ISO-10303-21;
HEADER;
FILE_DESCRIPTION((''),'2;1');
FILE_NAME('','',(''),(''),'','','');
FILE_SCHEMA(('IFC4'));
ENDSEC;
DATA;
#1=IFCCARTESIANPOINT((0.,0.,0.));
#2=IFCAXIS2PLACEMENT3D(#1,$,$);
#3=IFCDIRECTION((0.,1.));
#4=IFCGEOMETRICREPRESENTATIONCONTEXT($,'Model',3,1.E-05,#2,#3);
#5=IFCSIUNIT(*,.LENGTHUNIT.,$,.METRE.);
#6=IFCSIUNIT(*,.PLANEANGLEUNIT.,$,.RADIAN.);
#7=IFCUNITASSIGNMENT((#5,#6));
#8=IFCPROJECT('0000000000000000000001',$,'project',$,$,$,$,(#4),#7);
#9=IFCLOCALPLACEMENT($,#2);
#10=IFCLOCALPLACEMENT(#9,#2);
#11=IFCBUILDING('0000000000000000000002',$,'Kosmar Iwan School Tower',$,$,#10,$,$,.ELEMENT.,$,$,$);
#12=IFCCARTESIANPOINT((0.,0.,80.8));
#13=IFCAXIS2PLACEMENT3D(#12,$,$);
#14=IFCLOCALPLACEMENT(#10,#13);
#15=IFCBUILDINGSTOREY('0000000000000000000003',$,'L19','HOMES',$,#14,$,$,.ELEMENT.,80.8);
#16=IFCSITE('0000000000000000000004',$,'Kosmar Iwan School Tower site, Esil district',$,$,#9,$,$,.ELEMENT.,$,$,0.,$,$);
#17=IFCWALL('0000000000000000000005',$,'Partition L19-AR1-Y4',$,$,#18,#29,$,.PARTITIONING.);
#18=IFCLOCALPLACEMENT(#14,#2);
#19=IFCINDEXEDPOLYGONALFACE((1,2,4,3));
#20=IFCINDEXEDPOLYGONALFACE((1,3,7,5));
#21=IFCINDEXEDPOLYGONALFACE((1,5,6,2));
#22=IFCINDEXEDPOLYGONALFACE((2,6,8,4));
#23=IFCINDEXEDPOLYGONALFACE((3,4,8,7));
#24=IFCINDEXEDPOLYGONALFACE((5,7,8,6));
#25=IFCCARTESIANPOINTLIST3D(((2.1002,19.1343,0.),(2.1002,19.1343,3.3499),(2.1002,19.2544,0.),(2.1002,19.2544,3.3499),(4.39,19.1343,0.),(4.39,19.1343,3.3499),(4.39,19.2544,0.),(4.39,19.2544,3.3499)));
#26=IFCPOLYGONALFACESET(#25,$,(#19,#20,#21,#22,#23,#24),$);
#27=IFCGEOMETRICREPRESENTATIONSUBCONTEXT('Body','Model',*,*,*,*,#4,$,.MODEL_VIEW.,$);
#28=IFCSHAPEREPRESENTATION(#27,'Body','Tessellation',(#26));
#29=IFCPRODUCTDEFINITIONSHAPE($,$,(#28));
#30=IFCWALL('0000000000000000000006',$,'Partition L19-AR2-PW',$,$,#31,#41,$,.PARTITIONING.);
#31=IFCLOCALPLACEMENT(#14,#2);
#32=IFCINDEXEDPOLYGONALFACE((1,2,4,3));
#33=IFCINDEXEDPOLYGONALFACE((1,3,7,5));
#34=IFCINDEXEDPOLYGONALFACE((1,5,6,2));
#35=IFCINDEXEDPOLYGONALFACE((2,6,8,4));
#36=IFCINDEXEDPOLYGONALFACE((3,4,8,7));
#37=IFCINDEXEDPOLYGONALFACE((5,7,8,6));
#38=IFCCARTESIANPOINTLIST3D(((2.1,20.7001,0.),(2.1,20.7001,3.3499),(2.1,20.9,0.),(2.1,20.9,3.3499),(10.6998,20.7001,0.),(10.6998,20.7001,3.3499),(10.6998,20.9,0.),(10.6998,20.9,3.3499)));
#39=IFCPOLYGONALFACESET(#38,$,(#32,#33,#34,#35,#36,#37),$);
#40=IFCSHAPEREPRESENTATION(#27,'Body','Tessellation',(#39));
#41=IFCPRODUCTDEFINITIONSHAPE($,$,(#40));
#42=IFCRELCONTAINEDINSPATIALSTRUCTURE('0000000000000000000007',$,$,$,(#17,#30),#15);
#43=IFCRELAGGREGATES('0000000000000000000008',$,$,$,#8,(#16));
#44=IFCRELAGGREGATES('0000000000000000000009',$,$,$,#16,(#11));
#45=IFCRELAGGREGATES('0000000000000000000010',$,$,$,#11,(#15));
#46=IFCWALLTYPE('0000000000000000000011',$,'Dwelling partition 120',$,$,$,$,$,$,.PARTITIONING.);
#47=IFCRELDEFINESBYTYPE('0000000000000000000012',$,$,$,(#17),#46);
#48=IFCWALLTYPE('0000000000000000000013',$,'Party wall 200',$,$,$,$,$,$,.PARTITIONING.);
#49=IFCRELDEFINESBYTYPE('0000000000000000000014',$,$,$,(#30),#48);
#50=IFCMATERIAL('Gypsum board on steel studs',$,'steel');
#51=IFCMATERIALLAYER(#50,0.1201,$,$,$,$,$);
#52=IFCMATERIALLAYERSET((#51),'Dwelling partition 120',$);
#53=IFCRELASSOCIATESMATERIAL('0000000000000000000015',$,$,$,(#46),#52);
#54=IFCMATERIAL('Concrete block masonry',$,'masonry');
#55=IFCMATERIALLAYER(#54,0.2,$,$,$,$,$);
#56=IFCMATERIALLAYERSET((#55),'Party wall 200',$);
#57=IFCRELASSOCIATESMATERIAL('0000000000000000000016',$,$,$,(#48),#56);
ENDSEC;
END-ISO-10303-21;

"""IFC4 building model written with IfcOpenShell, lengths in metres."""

from ifc_helpers import new_model, si_unit, direction, frame, frame_2d, origin, place, context, subcontext, project, spatial, rectangle, extrude, material, layer, layer_set, type_object, element, save


model = new_model("IFC4")

# Units and contexts
model_context = context("Model", 3, precision=1e-05, world=origin(), true_north=direction((0.0, 1.0)))
body_context = subcontext(model_context, "Body", "Model", "MODEL_VIEW")
ifc_project = project(units=[si_unit("LENGTHUNIT", "METRE"), si_unit("PLANEANGLEUNIT", "RADIAN")], contexts=[model_context])

# Site, building, storey
site_placement = place(None, origin())
site = spatial("IfcSite", under=ifc_project, at=site_placement, Name="Kosmar Iwan School Tower site, Esil district", CompositionType="ELEMENT", RefElevation=0.0)
building_placement = place(site_placement, origin())
building = spatial("IfcBuilding", under=site, at=building_placement, Name="Kosmar Iwan School Tower", CompositionType="ELEMENT")
storey_placement = place(building_placement, frame((0.0, 0.0, 80.8)))
storey = spatial("IfcBuildingStorey", under=building, at=storey_placement, Name="L19", Description="HOMES", CompositionType="ELEMENT", Elevation=80.8)

# Walls
ifc_material_1 = material(Name="Gypsum board on steel studs", Category="steel")
ifc_layer_1 = layer(ifc_material_1, 0.1201)
ifc_layer_set_1 = layer_set([ifc_layer_1], Name="Dwelling partition 120")
wall_type_1 = type_object("IfcWallType", Name="Dwelling partition 120", PredefinedType="PARTITIONING", material=ifc_layer_set_1)
wall_1_placement = place(storey_placement, frame((2.1001, 19.1943, 0.0), z_axis=(0.0, 0.0, 1.0), x_axis=(1.0, 0.0, 0.0)))
element("IfcWall", 1, at=wall_1_placement, inside=storey, type_object=wall_type_1, Name="Partition L19-AR1-Y4", PredefinedType="PARTITIONING", context=body_context, shape_type="SweptSolid", body=[
    extrude(rectangle(XDim=2.2898, YDim=0.1201, at=frame_2d((1.145, 0.0))), origin(), (0.0, 0.0, 1.0), 3.3499),
])
ifc_material_2 = material(Name="Concrete block masonry", Category="masonry")
ifc_layer_2 = layer(ifc_material_2, 0.2)
ifc_layer_set_2 = layer_set([ifc_layer_2], Name="Party wall 200")
wall_type_2 = type_object("IfcWallType", Name="Party wall 200", PredefinedType="PARTITIONING", material=ifc_layer_set_2)
wall_2_placement = place(storey_placement, frame((2.1001, 20.8, 0.0), z_axis=(0.0, 0.0, 1.0), x_axis=(1.0, 0.0, 0.0)))
element("IfcWall", 2, at=wall_2_placement, inside=storey, type_object=wall_type_2, Name="Partition L19-AR2-PW", PredefinedType="PARTITIONING", context=body_context, shape_type="SweptSolid", body=[
    extrude(rectangle(XDim=8.5999, YDim=0.2, at=frame_2d((4.2998, 0.0))), origin(), (0.0, 0.0, 1.0), 3.3499),
])

save(model, "model.ifc")
